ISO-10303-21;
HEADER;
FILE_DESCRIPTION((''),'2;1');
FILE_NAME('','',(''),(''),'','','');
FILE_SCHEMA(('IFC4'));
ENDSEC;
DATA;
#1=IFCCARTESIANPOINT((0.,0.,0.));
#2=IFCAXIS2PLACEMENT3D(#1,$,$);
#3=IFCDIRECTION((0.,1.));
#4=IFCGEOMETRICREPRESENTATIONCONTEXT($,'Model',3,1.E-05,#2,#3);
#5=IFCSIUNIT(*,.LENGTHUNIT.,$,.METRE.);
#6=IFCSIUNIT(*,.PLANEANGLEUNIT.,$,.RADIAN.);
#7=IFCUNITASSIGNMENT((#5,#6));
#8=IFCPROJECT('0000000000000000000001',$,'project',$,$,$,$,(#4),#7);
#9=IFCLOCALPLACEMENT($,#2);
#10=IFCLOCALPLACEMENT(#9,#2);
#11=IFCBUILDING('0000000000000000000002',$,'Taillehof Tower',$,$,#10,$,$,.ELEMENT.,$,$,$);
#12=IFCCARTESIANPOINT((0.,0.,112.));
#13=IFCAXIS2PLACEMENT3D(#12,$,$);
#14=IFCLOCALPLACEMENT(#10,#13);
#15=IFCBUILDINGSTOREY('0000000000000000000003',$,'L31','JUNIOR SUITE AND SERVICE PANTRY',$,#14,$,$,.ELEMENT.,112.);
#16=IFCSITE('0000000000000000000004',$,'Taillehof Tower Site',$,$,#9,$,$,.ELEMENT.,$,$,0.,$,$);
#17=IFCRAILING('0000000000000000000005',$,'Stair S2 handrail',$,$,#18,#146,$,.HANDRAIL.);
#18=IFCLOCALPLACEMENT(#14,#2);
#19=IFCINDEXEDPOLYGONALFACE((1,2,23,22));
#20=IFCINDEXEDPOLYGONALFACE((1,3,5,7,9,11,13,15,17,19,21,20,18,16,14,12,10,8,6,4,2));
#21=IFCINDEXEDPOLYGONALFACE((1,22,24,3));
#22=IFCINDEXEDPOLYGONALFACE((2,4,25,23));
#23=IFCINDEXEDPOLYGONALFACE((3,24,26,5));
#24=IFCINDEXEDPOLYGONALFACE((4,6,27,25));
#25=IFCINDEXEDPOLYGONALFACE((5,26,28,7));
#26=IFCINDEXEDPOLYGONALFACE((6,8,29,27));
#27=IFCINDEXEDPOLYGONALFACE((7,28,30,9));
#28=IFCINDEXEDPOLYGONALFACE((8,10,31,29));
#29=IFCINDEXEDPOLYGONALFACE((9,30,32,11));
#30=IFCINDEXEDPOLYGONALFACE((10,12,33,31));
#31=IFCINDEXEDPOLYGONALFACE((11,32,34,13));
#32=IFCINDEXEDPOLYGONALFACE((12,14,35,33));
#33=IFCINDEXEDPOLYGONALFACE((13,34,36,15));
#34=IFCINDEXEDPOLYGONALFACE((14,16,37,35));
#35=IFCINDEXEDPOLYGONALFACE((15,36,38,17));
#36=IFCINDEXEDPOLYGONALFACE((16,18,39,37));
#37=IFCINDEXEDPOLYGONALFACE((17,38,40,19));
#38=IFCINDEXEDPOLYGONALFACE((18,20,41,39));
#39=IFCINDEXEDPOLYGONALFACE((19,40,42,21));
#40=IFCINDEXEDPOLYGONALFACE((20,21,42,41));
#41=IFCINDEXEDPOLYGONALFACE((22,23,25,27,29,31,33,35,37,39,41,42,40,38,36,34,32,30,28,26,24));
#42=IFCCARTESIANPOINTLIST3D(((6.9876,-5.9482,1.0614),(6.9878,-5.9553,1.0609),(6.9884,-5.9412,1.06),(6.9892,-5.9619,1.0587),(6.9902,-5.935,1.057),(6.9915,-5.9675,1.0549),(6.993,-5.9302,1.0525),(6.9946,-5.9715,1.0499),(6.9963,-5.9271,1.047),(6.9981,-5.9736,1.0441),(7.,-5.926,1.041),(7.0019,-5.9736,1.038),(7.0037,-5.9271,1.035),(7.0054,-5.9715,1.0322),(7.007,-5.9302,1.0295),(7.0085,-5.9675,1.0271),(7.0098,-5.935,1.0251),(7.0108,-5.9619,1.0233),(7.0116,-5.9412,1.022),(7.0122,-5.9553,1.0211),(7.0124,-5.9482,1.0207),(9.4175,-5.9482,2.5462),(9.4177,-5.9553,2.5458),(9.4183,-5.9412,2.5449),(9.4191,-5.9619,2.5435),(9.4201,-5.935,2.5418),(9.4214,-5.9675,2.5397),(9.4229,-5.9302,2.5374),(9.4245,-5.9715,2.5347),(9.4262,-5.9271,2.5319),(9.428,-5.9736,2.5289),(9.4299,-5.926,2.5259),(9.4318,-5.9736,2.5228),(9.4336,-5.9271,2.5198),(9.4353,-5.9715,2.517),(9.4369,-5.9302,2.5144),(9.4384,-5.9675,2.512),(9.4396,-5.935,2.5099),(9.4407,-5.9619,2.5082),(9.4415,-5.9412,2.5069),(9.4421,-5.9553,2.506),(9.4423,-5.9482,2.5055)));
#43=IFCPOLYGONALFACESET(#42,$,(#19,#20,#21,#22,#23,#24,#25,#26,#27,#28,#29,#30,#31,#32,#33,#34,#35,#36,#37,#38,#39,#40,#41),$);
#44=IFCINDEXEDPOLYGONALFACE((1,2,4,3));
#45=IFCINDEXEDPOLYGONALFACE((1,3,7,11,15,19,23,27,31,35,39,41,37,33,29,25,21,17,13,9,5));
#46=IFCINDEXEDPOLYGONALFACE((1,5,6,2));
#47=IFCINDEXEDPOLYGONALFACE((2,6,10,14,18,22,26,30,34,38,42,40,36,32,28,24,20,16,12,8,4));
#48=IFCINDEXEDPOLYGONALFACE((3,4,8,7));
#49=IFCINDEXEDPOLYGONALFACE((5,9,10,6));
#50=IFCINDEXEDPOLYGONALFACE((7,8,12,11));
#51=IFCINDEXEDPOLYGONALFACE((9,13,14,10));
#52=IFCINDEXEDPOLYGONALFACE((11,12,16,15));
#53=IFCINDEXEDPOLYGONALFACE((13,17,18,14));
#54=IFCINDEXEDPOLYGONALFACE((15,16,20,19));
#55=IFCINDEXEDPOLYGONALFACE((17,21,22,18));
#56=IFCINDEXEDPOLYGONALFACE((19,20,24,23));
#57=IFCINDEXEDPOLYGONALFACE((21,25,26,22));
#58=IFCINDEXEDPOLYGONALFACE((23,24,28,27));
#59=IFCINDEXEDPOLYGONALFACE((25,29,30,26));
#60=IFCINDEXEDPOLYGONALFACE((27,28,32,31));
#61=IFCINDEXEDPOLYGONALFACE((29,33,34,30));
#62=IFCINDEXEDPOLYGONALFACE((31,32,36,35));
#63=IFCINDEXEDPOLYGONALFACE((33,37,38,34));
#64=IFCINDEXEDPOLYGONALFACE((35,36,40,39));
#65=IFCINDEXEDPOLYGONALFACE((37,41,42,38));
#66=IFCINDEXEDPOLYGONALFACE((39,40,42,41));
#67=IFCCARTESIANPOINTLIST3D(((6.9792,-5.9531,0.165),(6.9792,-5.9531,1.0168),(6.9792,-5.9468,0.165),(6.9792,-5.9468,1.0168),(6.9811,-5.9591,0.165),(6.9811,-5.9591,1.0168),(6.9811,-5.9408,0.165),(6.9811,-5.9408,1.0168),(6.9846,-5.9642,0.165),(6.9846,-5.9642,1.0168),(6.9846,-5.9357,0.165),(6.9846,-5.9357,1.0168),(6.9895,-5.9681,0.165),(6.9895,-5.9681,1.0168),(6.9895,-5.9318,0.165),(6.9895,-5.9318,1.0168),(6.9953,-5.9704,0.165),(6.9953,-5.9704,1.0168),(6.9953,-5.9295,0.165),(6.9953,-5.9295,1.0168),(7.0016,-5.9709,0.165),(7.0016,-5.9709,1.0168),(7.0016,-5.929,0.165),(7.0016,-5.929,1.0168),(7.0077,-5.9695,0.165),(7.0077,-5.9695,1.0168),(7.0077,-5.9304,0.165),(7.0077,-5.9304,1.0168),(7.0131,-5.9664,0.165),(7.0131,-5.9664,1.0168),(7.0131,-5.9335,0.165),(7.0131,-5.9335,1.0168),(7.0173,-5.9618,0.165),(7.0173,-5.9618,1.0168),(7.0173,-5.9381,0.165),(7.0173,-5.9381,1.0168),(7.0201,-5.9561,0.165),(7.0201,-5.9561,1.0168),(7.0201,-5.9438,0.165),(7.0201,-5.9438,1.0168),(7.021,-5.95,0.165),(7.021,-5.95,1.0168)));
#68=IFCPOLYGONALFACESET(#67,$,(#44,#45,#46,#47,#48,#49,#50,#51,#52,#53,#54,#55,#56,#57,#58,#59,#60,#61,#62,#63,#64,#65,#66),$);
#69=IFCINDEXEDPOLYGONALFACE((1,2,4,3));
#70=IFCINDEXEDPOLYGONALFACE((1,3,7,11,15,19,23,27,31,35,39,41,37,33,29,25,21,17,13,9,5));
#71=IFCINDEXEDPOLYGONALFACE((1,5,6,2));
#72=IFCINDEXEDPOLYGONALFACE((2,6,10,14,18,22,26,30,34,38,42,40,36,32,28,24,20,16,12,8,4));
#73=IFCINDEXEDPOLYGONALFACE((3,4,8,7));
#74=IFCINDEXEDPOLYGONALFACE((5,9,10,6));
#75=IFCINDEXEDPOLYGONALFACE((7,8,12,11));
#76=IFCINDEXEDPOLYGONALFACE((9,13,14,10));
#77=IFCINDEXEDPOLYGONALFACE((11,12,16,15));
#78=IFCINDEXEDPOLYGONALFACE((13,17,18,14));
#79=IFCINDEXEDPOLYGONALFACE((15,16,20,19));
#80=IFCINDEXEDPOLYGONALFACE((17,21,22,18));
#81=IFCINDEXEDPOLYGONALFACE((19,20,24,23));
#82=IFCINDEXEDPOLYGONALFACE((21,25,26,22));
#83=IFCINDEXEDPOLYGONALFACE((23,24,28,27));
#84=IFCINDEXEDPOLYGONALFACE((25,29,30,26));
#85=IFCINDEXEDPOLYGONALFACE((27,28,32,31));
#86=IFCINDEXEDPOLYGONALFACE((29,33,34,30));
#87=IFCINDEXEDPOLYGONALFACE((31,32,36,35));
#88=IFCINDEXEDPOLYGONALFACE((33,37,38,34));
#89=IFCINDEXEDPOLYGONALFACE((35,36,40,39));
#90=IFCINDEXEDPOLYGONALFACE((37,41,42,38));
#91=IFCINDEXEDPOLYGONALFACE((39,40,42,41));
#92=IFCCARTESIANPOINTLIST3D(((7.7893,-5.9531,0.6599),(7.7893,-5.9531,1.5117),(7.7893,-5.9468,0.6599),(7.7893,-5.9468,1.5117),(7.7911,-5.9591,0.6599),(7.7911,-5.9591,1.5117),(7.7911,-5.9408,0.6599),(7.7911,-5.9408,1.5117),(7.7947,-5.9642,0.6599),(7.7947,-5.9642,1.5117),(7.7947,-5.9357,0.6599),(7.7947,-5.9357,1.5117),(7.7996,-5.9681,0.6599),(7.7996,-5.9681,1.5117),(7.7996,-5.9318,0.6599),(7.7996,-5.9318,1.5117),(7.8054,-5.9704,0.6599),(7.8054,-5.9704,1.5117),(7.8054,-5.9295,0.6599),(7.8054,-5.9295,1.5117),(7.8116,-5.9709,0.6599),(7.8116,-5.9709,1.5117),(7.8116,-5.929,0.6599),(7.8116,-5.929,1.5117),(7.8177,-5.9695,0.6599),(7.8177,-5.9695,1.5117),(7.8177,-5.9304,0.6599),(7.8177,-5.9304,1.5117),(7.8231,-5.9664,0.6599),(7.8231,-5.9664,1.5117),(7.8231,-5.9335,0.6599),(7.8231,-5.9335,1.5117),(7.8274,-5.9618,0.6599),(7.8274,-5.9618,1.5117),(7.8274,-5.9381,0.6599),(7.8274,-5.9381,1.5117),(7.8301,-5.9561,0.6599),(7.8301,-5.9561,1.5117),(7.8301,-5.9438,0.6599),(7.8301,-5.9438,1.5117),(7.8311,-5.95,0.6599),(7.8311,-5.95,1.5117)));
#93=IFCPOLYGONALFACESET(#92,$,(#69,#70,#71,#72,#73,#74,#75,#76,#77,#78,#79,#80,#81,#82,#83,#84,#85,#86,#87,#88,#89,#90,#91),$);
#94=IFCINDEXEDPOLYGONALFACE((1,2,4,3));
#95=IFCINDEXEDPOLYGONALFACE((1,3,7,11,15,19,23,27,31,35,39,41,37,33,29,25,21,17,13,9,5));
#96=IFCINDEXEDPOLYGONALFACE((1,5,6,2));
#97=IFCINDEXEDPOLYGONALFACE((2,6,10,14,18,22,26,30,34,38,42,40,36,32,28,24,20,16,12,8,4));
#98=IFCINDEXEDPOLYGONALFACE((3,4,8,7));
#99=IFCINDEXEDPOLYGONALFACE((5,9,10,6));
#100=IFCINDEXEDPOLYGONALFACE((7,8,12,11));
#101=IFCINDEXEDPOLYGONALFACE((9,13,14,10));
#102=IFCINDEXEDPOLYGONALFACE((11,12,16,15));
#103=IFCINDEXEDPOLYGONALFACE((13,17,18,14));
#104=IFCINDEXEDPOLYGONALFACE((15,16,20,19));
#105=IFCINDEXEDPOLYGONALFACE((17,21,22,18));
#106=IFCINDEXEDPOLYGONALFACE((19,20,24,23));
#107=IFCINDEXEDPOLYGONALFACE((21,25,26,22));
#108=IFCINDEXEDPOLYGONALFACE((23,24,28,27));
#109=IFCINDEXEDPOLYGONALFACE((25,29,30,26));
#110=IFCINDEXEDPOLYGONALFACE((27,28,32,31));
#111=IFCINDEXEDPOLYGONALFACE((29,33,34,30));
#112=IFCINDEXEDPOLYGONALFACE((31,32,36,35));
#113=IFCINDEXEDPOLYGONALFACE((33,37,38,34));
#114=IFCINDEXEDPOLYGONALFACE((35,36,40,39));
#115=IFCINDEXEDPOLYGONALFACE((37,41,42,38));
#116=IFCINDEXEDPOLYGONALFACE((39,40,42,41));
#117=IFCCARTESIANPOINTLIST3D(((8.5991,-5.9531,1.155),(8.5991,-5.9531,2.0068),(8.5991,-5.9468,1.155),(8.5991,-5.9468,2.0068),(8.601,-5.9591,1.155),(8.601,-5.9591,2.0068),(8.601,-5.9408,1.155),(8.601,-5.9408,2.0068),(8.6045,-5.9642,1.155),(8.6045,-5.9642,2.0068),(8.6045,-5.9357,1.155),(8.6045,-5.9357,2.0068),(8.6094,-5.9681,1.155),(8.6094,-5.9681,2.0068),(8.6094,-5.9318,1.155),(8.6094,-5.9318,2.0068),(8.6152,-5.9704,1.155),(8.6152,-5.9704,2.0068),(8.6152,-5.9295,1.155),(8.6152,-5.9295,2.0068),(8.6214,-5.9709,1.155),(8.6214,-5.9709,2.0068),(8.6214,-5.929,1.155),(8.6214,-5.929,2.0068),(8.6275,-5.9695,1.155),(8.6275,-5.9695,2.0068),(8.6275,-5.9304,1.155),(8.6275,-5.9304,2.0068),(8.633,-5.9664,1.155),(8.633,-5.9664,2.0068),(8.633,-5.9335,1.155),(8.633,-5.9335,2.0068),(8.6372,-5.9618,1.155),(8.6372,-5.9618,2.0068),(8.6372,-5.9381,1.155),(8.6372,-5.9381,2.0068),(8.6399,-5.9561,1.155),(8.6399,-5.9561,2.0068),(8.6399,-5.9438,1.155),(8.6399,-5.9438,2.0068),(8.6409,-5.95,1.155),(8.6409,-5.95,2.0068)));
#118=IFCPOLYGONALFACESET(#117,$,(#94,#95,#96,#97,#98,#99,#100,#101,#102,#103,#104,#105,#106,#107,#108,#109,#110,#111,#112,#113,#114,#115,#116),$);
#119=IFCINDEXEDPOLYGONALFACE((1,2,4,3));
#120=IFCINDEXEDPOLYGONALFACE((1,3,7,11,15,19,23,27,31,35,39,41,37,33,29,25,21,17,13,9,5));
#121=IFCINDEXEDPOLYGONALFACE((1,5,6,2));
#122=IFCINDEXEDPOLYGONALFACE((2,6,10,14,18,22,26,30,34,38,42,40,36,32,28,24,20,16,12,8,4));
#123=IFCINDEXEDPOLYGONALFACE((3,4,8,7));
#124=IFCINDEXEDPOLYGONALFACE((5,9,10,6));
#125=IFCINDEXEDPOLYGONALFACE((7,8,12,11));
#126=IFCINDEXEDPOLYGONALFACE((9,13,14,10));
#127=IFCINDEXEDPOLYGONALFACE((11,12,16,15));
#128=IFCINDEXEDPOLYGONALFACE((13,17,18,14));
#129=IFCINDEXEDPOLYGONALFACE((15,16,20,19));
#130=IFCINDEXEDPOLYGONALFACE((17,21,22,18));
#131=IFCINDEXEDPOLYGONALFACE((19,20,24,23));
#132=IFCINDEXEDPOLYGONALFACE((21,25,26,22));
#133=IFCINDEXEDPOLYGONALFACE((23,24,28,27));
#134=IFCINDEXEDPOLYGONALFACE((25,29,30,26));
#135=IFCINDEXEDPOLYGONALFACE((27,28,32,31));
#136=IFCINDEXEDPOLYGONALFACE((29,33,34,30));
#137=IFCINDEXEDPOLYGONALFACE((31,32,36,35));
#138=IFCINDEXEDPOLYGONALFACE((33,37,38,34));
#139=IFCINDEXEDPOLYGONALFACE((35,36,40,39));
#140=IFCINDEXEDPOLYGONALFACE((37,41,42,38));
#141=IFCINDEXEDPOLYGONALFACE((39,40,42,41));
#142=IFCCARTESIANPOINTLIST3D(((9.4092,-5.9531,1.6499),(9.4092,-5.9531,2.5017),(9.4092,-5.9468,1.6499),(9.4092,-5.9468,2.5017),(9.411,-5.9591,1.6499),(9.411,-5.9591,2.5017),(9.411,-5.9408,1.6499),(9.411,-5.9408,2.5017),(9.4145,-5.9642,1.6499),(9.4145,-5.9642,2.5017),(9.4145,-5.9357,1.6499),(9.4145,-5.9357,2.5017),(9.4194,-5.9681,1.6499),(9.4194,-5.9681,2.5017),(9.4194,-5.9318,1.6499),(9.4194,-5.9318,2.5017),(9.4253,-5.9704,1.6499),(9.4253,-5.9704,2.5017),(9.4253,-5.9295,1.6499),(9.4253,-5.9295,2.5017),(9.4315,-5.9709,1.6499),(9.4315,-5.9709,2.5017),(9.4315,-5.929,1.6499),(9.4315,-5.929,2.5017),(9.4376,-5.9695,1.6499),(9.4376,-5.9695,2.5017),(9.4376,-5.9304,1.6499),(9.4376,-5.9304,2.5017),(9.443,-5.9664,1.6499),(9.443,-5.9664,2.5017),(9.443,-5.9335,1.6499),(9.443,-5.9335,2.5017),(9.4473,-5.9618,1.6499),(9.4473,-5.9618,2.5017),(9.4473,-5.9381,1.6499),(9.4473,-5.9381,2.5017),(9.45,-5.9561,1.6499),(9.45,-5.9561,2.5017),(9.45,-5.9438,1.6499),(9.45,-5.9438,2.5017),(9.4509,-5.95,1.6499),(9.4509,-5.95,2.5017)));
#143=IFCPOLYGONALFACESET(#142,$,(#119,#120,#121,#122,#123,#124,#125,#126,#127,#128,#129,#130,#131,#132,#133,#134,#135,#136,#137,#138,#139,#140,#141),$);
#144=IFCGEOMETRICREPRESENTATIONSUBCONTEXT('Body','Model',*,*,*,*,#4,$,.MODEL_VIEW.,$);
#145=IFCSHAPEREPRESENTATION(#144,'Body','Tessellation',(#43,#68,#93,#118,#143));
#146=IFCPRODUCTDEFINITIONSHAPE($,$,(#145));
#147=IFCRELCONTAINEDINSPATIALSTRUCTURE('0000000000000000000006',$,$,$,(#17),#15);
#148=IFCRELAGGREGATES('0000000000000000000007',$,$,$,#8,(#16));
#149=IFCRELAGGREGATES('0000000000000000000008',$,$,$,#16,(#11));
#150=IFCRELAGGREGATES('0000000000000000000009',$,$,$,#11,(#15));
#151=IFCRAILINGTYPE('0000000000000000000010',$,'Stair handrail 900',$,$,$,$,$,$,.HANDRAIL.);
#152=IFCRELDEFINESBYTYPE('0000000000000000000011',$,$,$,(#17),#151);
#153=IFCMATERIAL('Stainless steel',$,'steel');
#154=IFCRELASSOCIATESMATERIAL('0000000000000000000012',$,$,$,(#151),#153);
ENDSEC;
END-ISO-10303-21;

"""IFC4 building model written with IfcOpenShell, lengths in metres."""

from ifc_helpers import new_model, si_unit, direction, frame, origin, origin_2d, place, context, subcontext, project, spatial, circle, extrude, material, type_object, element, save


model = new_model("IFC4")

# Units and contexts
model_context = context("Model", 3, precision=1e-05, world=origin(), true_north=direction((0.0, 1.0)))
body_context = subcontext(model_context, "Body", "Model", "MODEL_VIEW")
ifc_project = project(units=[si_unit("LENGTHUNIT", "METRE"), si_unit("PLANEANGLEUNIT", "RADIAN")], contexts=[model_context])

# Site, building, storey
site_placement = place(None, origin())
site = spatial("IfcSite", under=ifc_project, at=site_placement, Name="Taillehof Tower Site", CompositionType="ELEMENT", RefElevation=0.0)
building_placement = place(site_placement, origin())
building = spatial("IfcBuilding", under=site, at=building_placement, Name="Taillehof Tower", CompositionType="ELEMENT")
storey_placement = place(building_placement, frame((0.0, 0.0, 112.0)))
storey = spatial("IfcBuildingStorey", under=building, at=storey_placement, Name="L31", Description="JUNIOR SUITE AND SERVICE PANTRY", CompositionType="ELEMENT", Elevation=112.0)

# Railing
ifc_material_1 = material(Name="Stainless steel", Category="steel")
railing_type = type_object("IfcRailingType", Name="Stair handrail 900", PredefinedType="HANDRAIL", material=ifc_material_1)
railing_placement = place(storey_placement, frame((7.0, -5.95, 0.165)))
element("IfcRailing", 1, at=railing_placement, inside=storey, type_object=railing_type, Name="Stair S2 handrail", PredefinedType="HANDRAIL", context=body_context, shape_type="SweptSolid", body=[
    extrude(circle(Radius=0.0239, at=origin_2d()), frame((0.0, 0.0, 0.876), z_axis=(0.853297, 0.0, 0.521426), x_axis=(0.0, 1.0, 0.0)), (0.0, 0.0, 1.0), 2.8477),
    extrude(circle(Radius=0.021, at=origin_2d()), origin(), (0.0, 0.0, 1.0), 0.8518),
    extrude(circle(Radius=0.021, at=origin_2d()), frame((0.8101, 0.0, 0.4949)), (0.0, 0.0, 1.0), 0.8518),
    extrude(circle(Radius=0.021, at=origin_2d()), frame((1.6199, 0.0, 0.99)), (0.0, 0.0, 1.0), 0.8518),
    extrude(circle(Radius=0.021, at=origin_2d()), frame((2.4299, 0.0, 1.4849)), (0.0, 0.0, 1.0), 0.8518),
])

save(model, "model.ifc")
